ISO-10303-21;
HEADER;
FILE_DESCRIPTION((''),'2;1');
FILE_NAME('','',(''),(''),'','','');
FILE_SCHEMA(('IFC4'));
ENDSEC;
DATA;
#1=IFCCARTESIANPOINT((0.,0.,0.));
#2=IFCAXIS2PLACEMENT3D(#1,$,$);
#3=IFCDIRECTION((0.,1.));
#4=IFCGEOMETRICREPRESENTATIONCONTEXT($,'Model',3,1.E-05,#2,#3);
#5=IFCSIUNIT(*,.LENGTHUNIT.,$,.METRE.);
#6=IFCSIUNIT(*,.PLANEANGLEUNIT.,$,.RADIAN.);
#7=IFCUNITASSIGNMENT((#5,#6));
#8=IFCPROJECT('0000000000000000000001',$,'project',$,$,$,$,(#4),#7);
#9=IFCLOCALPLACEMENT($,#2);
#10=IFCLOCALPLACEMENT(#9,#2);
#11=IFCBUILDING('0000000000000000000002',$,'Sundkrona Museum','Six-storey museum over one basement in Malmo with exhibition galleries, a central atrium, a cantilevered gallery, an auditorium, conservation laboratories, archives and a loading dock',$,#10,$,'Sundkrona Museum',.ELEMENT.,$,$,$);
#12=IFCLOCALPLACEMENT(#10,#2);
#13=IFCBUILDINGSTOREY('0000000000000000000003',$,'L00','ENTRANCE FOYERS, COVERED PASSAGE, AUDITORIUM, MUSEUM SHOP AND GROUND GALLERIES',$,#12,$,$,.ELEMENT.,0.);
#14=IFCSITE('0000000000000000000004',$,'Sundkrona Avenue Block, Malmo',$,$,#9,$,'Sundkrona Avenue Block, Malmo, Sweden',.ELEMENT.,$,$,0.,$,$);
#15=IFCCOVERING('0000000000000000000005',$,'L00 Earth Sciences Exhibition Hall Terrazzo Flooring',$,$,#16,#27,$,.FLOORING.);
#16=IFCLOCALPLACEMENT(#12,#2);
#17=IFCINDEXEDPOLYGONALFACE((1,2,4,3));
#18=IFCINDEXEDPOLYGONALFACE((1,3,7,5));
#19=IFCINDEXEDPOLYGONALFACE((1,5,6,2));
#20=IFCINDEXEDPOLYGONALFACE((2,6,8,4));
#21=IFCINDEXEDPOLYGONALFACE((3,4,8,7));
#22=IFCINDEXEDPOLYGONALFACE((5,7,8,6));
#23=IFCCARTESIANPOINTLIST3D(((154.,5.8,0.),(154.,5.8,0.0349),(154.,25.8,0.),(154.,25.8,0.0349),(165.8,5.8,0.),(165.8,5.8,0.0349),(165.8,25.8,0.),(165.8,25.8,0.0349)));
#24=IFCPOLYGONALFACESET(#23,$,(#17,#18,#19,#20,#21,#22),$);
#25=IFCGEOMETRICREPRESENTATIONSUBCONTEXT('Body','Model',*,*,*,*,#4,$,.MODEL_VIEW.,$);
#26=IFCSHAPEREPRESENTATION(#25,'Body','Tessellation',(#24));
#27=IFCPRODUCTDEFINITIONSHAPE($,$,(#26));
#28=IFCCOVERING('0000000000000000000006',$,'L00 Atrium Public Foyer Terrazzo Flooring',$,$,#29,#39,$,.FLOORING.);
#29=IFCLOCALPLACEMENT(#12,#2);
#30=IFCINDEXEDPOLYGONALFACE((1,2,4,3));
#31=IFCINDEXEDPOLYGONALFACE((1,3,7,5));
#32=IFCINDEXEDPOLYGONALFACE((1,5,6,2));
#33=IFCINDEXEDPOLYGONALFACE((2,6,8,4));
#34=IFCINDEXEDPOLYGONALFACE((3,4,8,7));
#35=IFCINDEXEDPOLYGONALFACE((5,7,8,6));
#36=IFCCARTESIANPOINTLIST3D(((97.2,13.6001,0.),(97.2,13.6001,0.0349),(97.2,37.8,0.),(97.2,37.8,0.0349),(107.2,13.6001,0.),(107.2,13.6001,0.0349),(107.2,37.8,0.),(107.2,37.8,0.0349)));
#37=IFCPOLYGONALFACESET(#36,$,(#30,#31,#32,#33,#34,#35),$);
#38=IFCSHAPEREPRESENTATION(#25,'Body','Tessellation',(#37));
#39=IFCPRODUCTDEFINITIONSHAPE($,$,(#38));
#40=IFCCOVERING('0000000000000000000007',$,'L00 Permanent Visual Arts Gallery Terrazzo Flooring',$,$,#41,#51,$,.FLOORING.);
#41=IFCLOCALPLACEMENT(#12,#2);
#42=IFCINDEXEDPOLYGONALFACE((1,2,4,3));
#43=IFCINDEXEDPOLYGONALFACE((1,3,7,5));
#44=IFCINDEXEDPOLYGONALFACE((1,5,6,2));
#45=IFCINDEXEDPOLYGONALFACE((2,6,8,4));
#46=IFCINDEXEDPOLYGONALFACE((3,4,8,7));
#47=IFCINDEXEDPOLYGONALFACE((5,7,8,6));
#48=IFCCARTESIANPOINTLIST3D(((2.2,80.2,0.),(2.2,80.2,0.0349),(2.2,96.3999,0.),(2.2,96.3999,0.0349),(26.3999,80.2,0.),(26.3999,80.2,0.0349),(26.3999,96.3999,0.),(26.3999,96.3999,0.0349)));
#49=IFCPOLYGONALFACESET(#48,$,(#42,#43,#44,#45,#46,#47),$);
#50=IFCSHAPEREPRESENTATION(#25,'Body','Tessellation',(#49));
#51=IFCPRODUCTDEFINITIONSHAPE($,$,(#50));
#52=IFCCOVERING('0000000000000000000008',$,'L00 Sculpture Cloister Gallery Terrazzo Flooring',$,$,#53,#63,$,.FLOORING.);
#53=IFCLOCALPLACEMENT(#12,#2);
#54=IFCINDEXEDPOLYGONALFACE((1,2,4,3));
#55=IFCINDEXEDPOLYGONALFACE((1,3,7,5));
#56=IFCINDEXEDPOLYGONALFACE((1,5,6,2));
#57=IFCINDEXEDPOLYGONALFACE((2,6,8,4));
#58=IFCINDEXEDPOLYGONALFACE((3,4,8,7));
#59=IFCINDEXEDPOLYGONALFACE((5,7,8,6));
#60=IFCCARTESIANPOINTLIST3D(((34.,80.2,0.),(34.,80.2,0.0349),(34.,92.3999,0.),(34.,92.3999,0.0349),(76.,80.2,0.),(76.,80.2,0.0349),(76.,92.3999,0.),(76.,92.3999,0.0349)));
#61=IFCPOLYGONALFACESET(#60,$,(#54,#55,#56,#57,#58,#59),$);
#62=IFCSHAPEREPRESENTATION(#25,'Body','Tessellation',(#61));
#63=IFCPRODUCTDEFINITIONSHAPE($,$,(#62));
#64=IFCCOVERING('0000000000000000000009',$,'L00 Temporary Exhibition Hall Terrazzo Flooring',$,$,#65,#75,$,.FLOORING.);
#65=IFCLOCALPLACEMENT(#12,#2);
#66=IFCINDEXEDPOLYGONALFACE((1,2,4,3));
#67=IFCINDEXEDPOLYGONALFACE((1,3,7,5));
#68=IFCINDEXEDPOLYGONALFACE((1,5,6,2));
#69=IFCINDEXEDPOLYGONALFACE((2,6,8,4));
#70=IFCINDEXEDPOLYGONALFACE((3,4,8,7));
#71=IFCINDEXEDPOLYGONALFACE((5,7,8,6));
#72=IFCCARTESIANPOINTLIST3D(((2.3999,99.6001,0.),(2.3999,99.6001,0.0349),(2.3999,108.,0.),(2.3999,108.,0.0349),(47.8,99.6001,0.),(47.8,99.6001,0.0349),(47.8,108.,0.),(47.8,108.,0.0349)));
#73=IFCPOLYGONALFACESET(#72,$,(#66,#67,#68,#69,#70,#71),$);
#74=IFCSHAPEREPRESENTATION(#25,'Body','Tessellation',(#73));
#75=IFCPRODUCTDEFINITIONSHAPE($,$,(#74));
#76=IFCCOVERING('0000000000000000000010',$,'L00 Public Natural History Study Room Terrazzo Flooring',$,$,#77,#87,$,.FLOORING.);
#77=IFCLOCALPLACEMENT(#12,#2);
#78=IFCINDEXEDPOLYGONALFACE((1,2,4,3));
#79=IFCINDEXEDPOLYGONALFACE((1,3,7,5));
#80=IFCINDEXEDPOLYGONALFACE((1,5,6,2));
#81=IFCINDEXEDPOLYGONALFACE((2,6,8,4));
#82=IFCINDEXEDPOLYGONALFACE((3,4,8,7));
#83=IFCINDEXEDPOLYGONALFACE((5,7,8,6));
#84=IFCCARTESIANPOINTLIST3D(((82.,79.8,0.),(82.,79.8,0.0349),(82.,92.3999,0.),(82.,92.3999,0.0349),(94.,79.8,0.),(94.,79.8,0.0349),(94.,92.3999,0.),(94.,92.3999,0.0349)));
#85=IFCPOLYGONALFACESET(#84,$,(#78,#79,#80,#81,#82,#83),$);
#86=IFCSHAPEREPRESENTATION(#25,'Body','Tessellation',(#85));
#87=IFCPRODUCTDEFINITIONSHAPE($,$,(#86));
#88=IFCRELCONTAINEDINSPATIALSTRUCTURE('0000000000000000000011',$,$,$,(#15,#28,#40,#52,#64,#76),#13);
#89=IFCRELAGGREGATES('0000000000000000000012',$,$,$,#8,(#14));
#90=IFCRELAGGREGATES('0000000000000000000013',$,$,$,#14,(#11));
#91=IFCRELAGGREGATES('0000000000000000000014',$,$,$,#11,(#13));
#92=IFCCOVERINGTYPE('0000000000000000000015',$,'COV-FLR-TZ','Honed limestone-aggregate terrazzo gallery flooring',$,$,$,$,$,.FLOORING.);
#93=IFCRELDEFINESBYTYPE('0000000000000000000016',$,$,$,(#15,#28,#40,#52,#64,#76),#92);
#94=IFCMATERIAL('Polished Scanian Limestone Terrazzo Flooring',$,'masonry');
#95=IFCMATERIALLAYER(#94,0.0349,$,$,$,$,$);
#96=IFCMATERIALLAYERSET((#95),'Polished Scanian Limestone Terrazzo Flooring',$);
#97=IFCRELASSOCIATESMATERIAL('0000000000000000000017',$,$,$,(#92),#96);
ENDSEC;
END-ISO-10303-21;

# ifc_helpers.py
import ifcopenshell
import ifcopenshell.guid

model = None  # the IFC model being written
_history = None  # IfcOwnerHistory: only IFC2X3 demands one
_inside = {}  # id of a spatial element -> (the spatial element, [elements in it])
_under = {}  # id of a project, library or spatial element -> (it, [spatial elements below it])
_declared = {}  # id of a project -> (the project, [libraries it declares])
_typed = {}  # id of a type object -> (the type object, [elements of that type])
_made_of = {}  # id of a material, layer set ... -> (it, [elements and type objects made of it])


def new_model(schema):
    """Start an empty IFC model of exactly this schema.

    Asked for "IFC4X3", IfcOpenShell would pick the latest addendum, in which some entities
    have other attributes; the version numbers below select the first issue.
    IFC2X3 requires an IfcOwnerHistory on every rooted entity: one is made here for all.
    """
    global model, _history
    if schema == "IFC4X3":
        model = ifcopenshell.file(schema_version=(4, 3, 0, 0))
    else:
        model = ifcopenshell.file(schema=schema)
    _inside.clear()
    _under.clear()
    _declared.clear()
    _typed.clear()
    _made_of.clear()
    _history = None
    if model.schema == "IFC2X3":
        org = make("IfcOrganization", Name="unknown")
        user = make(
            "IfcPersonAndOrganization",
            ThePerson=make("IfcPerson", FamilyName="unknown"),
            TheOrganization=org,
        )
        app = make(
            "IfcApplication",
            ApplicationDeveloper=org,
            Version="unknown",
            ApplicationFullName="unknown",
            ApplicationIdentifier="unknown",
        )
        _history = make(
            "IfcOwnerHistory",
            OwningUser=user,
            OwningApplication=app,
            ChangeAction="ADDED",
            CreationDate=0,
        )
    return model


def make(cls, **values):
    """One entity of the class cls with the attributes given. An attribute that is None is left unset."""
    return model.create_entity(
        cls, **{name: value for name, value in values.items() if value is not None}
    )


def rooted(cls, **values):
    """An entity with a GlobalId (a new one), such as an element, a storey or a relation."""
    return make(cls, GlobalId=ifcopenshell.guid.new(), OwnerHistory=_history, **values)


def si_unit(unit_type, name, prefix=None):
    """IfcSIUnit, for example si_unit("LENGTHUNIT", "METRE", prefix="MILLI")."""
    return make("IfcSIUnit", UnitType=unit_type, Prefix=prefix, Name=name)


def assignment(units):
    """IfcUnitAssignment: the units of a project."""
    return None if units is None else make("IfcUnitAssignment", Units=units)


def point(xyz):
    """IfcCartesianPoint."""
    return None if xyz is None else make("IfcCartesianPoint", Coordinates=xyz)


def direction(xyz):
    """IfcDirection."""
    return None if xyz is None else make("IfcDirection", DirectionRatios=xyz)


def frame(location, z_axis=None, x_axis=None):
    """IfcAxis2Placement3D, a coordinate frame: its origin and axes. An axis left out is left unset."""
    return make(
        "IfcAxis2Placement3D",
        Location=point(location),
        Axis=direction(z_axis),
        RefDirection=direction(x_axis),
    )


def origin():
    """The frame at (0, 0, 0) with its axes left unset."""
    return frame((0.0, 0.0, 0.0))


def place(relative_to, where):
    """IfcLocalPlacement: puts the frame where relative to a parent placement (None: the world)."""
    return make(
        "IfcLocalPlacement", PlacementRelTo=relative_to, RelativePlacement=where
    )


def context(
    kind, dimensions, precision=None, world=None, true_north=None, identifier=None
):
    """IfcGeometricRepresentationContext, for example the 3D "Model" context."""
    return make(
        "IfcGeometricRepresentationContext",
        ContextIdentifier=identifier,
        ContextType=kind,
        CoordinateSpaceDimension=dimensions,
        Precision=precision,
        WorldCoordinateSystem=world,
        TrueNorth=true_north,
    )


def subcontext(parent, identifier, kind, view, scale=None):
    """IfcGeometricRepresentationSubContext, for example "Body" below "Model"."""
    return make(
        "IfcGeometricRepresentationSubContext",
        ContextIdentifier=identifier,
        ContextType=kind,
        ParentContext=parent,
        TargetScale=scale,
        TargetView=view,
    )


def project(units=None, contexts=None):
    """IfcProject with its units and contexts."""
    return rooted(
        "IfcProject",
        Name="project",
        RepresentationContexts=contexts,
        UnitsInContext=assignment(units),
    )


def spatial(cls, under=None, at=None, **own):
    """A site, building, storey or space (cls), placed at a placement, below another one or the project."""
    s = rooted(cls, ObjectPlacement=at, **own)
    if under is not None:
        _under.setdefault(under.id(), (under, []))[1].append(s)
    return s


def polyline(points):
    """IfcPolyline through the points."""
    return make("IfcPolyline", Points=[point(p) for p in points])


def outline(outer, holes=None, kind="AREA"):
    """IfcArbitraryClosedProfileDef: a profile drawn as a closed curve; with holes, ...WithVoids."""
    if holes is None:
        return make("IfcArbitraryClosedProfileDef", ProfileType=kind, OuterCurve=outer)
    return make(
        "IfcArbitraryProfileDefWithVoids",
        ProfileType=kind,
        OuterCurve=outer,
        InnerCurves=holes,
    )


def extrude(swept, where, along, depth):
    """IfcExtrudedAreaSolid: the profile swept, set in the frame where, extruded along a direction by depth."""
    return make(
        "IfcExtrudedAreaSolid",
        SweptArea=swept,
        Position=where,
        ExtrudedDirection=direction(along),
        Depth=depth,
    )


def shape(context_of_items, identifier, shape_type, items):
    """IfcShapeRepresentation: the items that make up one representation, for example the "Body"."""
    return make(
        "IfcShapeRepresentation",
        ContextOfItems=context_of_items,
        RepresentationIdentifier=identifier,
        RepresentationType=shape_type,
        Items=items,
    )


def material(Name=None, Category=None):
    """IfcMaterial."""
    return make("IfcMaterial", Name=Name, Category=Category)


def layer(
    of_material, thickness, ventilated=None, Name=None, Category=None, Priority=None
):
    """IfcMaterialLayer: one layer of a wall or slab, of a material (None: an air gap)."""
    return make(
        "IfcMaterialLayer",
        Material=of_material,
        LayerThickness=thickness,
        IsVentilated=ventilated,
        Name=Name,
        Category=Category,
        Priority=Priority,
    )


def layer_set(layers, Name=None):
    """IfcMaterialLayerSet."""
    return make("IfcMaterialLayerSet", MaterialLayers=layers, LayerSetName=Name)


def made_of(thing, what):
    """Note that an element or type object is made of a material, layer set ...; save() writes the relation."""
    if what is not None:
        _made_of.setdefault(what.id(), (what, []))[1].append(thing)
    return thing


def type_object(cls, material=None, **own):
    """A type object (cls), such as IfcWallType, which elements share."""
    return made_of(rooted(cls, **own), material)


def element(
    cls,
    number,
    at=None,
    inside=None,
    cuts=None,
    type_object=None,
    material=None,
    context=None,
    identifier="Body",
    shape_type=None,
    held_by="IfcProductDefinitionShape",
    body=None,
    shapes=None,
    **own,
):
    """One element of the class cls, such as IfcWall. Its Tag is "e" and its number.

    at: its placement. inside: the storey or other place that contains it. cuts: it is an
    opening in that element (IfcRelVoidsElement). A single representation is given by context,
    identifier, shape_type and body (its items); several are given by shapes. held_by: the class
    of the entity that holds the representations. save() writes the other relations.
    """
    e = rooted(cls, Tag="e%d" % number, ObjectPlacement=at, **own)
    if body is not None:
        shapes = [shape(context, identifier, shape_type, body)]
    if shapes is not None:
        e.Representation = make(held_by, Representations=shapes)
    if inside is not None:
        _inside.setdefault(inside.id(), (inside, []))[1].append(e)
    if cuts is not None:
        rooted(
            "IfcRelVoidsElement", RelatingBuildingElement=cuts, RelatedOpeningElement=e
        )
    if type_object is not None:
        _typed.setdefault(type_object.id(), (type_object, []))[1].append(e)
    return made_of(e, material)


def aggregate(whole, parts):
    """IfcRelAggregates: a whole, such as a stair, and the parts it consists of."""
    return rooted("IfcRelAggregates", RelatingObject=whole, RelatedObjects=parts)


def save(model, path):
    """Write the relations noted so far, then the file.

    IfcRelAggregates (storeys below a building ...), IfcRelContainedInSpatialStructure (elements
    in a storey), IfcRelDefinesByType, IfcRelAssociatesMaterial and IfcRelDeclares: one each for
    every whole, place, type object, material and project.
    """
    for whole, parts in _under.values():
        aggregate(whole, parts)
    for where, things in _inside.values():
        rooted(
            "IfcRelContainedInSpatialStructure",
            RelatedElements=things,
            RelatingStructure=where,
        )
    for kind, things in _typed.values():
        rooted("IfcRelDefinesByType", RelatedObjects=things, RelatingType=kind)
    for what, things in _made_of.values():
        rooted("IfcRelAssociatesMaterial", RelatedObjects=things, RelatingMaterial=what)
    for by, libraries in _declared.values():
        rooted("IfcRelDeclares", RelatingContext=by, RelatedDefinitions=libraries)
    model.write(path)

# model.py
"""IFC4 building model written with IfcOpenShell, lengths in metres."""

from ifc_helpers import new_model, si_unit, direction, origin, place, context, subcontext, project, spatial, polyline, outline, extrude, material, layer, layer_set, type_object, element, save


model = new_model("IFC4")

# Units and contexts
model_context = context("Model", 3, precision=1e-05, world=origin(), true_north=direction((0.0, 1.0)))
body_context = subcontext(model_context, "Body", "Model", "MODEL_VIEW")
ifc_project = project(units=[si_unit("LENGTHUNIT", "METRE"), si_unit("PLANEANGLEUNIT", "RADIAN")], contexts=[model_context])

# Site, building, storey
site_placement = place(None, origin())
site = spatial("IfcSite", under=ifc_project, at=site_placement, Name="Sundkrona Avenue Block, Malmo", LongName="Sundkrona Avenue Block, Malmo, Sweden", CompositionType="ELEMENT", RefElevation=0.0)
building_placement = place(site_placement, origin())
building = spatial("IfcBuilding", under=site, at=building_placement, Name="Sundkrona Museum", Description="Six-storey museum over one basement in Malmo with exhibition galleries, a central atrium, a cantilevered gallery, an auditorium, conservation laboratories, archives and a loading dock", LongName="Sundkrona Museum", CompositionType="ELEMENT")
storey_placement = place(building_placement, origin())
storey = spatial("IfcBuildingStorey", under=building, at=storey_placement, Name="L00", Description="ENTRANCE FOYERS, COVERED PASSAGE, AUDITORIUM, MUSEUM SHOP AND GROUND GALLERIES", CompositionType="ELEMENT", Elevation=0.0)

# Coverings
ifc_material_1 = material(Name="Polished Scanian Limestone Terrazzo Flooring", Category="masonry")
ifc_layer_1 = layer(ifc_material_1, 0.0349)
ifc_layer_set_1 = layer_set([ifc_layer_1], Name="Polished Scanian Limestone Terrazzo Flooring")
covering_type_1 = type_object("IfcCoveringType", Name="COV-FLR-TZ", Description="Honed limestone-aggregate terrazzo gallery flooring", PredefinedType="FLOORING", material=ifc_layer_set_1)
covering_1_placement = place(storey_placement, origin())
element("IfcCovering", 1, at=covering_1_placement, inside=storey, type_object=covering_type_1, Name="L00 Earth Sciences Exhibition Hall Terrazzo Flooring", PredefinedType="FLOORING", context=body_context, shape_type="SweptSolid", body=[
    extrude(outline(polyline([(154.0, 5.8), (165.8, 5.8), (165.8, 25.8), (154.0, 25.8), (154.0, 5.8)])), origin(), (0.0, 0.0, 1.0), 0.0349),
])
covering_2_placement = place(storey_placement, origin())
element("IfcCovering", 2, at=covering_2_placement, inside=storey, type_object=covering_type_1, Name="L00 Atrium Public Foyer Terrazzo Flooring", PredefinedType="FLOORING", context=body_context, shape_type="SweptSolid", body=[
    extrude(outline(polyline([(97.2, 13.6001), (107.2, 13.6001), (107.2, 37.8), (97.2, 37.8), (97.2, 13.6001)])), origin(), (0.0, 0.0, 1.0), 0.0349),
])
covering_3_placement = place(storey_placement, origin())
element("IfcCovering", 3, at=covering_3_placement, inside=storey, type_object=covering_type_1, Name="L00 Permanent Visual Arts Gallery Terrazzo Flooring", PredefinedType="FLOORING", context=body_context, shape_type="SweptSolid", body=[
    extrude(outline(polyline([(2.2, 80.2), (26.3999, 80.2), (26.3999, 96.3999), (2.2, 96.3999), (2.2, 80.2)])), origin(), (0.0, 0.0, 1.0), 0.0349),
])
covering_4_placement = place(storey_placement, origin())
element("IfcCovering", 4, at=covering_4_placement, inside=storey, type_object=covering_type_1, Name="L00 Sculpture Cloister Gallery Terrazzo Flooring", PredefinedType="FLOORING", context=body_context, shape_type="SweptSolid", body=[
    extrude(outline(polyline([(34.0, 80.2), (76.0, 80.2), (76.0, 92.3999), (34.0, 92.3999), (34.0, 80.2)])), origin(), (0.0, 0.0, 1.0), 0.0349),
])
covering_5_placement = place(storey_placement, origin())
element("IfcCovering", 5, at=covering_5_placement, inside=storey, type_object=covering_type_1, Name="L00 Temporary Exhibition Hall Terrazzo Flooring", PredefinedType="FLOORING", context=body_context, shape_type="SweptSolid", body=[
    extrude(outline(polyline([(2.3999, 99.6001), (47.8, 99.6001), (47.8, 108.0), (2.3999, 108.0), (2.3999, 99.6001)])), origin(), (0.0, 0.0, 1.0), 0.0349),
])
covering_6_placement = place(storey_placement, origin())
element("IfcCovering", 6, at=covering_6_placement, inside=storey, type_object=covering_type_1, Name="L00 Public Natural History Study Room Terrazzo Flooring", PredefinedType="FLOORING", context=body_context, shape_type="SweptSolid", body=[
    extrude(outline(polyline([(82.0, 79.8), (94.0, 79.8), (94.0, 92.3999), (82.0, 92.3999), (82.0, 79.8)])), origin(), (0.0, 0.0, 1.0), 0.0349),
])

save(model, "model.ifc")
